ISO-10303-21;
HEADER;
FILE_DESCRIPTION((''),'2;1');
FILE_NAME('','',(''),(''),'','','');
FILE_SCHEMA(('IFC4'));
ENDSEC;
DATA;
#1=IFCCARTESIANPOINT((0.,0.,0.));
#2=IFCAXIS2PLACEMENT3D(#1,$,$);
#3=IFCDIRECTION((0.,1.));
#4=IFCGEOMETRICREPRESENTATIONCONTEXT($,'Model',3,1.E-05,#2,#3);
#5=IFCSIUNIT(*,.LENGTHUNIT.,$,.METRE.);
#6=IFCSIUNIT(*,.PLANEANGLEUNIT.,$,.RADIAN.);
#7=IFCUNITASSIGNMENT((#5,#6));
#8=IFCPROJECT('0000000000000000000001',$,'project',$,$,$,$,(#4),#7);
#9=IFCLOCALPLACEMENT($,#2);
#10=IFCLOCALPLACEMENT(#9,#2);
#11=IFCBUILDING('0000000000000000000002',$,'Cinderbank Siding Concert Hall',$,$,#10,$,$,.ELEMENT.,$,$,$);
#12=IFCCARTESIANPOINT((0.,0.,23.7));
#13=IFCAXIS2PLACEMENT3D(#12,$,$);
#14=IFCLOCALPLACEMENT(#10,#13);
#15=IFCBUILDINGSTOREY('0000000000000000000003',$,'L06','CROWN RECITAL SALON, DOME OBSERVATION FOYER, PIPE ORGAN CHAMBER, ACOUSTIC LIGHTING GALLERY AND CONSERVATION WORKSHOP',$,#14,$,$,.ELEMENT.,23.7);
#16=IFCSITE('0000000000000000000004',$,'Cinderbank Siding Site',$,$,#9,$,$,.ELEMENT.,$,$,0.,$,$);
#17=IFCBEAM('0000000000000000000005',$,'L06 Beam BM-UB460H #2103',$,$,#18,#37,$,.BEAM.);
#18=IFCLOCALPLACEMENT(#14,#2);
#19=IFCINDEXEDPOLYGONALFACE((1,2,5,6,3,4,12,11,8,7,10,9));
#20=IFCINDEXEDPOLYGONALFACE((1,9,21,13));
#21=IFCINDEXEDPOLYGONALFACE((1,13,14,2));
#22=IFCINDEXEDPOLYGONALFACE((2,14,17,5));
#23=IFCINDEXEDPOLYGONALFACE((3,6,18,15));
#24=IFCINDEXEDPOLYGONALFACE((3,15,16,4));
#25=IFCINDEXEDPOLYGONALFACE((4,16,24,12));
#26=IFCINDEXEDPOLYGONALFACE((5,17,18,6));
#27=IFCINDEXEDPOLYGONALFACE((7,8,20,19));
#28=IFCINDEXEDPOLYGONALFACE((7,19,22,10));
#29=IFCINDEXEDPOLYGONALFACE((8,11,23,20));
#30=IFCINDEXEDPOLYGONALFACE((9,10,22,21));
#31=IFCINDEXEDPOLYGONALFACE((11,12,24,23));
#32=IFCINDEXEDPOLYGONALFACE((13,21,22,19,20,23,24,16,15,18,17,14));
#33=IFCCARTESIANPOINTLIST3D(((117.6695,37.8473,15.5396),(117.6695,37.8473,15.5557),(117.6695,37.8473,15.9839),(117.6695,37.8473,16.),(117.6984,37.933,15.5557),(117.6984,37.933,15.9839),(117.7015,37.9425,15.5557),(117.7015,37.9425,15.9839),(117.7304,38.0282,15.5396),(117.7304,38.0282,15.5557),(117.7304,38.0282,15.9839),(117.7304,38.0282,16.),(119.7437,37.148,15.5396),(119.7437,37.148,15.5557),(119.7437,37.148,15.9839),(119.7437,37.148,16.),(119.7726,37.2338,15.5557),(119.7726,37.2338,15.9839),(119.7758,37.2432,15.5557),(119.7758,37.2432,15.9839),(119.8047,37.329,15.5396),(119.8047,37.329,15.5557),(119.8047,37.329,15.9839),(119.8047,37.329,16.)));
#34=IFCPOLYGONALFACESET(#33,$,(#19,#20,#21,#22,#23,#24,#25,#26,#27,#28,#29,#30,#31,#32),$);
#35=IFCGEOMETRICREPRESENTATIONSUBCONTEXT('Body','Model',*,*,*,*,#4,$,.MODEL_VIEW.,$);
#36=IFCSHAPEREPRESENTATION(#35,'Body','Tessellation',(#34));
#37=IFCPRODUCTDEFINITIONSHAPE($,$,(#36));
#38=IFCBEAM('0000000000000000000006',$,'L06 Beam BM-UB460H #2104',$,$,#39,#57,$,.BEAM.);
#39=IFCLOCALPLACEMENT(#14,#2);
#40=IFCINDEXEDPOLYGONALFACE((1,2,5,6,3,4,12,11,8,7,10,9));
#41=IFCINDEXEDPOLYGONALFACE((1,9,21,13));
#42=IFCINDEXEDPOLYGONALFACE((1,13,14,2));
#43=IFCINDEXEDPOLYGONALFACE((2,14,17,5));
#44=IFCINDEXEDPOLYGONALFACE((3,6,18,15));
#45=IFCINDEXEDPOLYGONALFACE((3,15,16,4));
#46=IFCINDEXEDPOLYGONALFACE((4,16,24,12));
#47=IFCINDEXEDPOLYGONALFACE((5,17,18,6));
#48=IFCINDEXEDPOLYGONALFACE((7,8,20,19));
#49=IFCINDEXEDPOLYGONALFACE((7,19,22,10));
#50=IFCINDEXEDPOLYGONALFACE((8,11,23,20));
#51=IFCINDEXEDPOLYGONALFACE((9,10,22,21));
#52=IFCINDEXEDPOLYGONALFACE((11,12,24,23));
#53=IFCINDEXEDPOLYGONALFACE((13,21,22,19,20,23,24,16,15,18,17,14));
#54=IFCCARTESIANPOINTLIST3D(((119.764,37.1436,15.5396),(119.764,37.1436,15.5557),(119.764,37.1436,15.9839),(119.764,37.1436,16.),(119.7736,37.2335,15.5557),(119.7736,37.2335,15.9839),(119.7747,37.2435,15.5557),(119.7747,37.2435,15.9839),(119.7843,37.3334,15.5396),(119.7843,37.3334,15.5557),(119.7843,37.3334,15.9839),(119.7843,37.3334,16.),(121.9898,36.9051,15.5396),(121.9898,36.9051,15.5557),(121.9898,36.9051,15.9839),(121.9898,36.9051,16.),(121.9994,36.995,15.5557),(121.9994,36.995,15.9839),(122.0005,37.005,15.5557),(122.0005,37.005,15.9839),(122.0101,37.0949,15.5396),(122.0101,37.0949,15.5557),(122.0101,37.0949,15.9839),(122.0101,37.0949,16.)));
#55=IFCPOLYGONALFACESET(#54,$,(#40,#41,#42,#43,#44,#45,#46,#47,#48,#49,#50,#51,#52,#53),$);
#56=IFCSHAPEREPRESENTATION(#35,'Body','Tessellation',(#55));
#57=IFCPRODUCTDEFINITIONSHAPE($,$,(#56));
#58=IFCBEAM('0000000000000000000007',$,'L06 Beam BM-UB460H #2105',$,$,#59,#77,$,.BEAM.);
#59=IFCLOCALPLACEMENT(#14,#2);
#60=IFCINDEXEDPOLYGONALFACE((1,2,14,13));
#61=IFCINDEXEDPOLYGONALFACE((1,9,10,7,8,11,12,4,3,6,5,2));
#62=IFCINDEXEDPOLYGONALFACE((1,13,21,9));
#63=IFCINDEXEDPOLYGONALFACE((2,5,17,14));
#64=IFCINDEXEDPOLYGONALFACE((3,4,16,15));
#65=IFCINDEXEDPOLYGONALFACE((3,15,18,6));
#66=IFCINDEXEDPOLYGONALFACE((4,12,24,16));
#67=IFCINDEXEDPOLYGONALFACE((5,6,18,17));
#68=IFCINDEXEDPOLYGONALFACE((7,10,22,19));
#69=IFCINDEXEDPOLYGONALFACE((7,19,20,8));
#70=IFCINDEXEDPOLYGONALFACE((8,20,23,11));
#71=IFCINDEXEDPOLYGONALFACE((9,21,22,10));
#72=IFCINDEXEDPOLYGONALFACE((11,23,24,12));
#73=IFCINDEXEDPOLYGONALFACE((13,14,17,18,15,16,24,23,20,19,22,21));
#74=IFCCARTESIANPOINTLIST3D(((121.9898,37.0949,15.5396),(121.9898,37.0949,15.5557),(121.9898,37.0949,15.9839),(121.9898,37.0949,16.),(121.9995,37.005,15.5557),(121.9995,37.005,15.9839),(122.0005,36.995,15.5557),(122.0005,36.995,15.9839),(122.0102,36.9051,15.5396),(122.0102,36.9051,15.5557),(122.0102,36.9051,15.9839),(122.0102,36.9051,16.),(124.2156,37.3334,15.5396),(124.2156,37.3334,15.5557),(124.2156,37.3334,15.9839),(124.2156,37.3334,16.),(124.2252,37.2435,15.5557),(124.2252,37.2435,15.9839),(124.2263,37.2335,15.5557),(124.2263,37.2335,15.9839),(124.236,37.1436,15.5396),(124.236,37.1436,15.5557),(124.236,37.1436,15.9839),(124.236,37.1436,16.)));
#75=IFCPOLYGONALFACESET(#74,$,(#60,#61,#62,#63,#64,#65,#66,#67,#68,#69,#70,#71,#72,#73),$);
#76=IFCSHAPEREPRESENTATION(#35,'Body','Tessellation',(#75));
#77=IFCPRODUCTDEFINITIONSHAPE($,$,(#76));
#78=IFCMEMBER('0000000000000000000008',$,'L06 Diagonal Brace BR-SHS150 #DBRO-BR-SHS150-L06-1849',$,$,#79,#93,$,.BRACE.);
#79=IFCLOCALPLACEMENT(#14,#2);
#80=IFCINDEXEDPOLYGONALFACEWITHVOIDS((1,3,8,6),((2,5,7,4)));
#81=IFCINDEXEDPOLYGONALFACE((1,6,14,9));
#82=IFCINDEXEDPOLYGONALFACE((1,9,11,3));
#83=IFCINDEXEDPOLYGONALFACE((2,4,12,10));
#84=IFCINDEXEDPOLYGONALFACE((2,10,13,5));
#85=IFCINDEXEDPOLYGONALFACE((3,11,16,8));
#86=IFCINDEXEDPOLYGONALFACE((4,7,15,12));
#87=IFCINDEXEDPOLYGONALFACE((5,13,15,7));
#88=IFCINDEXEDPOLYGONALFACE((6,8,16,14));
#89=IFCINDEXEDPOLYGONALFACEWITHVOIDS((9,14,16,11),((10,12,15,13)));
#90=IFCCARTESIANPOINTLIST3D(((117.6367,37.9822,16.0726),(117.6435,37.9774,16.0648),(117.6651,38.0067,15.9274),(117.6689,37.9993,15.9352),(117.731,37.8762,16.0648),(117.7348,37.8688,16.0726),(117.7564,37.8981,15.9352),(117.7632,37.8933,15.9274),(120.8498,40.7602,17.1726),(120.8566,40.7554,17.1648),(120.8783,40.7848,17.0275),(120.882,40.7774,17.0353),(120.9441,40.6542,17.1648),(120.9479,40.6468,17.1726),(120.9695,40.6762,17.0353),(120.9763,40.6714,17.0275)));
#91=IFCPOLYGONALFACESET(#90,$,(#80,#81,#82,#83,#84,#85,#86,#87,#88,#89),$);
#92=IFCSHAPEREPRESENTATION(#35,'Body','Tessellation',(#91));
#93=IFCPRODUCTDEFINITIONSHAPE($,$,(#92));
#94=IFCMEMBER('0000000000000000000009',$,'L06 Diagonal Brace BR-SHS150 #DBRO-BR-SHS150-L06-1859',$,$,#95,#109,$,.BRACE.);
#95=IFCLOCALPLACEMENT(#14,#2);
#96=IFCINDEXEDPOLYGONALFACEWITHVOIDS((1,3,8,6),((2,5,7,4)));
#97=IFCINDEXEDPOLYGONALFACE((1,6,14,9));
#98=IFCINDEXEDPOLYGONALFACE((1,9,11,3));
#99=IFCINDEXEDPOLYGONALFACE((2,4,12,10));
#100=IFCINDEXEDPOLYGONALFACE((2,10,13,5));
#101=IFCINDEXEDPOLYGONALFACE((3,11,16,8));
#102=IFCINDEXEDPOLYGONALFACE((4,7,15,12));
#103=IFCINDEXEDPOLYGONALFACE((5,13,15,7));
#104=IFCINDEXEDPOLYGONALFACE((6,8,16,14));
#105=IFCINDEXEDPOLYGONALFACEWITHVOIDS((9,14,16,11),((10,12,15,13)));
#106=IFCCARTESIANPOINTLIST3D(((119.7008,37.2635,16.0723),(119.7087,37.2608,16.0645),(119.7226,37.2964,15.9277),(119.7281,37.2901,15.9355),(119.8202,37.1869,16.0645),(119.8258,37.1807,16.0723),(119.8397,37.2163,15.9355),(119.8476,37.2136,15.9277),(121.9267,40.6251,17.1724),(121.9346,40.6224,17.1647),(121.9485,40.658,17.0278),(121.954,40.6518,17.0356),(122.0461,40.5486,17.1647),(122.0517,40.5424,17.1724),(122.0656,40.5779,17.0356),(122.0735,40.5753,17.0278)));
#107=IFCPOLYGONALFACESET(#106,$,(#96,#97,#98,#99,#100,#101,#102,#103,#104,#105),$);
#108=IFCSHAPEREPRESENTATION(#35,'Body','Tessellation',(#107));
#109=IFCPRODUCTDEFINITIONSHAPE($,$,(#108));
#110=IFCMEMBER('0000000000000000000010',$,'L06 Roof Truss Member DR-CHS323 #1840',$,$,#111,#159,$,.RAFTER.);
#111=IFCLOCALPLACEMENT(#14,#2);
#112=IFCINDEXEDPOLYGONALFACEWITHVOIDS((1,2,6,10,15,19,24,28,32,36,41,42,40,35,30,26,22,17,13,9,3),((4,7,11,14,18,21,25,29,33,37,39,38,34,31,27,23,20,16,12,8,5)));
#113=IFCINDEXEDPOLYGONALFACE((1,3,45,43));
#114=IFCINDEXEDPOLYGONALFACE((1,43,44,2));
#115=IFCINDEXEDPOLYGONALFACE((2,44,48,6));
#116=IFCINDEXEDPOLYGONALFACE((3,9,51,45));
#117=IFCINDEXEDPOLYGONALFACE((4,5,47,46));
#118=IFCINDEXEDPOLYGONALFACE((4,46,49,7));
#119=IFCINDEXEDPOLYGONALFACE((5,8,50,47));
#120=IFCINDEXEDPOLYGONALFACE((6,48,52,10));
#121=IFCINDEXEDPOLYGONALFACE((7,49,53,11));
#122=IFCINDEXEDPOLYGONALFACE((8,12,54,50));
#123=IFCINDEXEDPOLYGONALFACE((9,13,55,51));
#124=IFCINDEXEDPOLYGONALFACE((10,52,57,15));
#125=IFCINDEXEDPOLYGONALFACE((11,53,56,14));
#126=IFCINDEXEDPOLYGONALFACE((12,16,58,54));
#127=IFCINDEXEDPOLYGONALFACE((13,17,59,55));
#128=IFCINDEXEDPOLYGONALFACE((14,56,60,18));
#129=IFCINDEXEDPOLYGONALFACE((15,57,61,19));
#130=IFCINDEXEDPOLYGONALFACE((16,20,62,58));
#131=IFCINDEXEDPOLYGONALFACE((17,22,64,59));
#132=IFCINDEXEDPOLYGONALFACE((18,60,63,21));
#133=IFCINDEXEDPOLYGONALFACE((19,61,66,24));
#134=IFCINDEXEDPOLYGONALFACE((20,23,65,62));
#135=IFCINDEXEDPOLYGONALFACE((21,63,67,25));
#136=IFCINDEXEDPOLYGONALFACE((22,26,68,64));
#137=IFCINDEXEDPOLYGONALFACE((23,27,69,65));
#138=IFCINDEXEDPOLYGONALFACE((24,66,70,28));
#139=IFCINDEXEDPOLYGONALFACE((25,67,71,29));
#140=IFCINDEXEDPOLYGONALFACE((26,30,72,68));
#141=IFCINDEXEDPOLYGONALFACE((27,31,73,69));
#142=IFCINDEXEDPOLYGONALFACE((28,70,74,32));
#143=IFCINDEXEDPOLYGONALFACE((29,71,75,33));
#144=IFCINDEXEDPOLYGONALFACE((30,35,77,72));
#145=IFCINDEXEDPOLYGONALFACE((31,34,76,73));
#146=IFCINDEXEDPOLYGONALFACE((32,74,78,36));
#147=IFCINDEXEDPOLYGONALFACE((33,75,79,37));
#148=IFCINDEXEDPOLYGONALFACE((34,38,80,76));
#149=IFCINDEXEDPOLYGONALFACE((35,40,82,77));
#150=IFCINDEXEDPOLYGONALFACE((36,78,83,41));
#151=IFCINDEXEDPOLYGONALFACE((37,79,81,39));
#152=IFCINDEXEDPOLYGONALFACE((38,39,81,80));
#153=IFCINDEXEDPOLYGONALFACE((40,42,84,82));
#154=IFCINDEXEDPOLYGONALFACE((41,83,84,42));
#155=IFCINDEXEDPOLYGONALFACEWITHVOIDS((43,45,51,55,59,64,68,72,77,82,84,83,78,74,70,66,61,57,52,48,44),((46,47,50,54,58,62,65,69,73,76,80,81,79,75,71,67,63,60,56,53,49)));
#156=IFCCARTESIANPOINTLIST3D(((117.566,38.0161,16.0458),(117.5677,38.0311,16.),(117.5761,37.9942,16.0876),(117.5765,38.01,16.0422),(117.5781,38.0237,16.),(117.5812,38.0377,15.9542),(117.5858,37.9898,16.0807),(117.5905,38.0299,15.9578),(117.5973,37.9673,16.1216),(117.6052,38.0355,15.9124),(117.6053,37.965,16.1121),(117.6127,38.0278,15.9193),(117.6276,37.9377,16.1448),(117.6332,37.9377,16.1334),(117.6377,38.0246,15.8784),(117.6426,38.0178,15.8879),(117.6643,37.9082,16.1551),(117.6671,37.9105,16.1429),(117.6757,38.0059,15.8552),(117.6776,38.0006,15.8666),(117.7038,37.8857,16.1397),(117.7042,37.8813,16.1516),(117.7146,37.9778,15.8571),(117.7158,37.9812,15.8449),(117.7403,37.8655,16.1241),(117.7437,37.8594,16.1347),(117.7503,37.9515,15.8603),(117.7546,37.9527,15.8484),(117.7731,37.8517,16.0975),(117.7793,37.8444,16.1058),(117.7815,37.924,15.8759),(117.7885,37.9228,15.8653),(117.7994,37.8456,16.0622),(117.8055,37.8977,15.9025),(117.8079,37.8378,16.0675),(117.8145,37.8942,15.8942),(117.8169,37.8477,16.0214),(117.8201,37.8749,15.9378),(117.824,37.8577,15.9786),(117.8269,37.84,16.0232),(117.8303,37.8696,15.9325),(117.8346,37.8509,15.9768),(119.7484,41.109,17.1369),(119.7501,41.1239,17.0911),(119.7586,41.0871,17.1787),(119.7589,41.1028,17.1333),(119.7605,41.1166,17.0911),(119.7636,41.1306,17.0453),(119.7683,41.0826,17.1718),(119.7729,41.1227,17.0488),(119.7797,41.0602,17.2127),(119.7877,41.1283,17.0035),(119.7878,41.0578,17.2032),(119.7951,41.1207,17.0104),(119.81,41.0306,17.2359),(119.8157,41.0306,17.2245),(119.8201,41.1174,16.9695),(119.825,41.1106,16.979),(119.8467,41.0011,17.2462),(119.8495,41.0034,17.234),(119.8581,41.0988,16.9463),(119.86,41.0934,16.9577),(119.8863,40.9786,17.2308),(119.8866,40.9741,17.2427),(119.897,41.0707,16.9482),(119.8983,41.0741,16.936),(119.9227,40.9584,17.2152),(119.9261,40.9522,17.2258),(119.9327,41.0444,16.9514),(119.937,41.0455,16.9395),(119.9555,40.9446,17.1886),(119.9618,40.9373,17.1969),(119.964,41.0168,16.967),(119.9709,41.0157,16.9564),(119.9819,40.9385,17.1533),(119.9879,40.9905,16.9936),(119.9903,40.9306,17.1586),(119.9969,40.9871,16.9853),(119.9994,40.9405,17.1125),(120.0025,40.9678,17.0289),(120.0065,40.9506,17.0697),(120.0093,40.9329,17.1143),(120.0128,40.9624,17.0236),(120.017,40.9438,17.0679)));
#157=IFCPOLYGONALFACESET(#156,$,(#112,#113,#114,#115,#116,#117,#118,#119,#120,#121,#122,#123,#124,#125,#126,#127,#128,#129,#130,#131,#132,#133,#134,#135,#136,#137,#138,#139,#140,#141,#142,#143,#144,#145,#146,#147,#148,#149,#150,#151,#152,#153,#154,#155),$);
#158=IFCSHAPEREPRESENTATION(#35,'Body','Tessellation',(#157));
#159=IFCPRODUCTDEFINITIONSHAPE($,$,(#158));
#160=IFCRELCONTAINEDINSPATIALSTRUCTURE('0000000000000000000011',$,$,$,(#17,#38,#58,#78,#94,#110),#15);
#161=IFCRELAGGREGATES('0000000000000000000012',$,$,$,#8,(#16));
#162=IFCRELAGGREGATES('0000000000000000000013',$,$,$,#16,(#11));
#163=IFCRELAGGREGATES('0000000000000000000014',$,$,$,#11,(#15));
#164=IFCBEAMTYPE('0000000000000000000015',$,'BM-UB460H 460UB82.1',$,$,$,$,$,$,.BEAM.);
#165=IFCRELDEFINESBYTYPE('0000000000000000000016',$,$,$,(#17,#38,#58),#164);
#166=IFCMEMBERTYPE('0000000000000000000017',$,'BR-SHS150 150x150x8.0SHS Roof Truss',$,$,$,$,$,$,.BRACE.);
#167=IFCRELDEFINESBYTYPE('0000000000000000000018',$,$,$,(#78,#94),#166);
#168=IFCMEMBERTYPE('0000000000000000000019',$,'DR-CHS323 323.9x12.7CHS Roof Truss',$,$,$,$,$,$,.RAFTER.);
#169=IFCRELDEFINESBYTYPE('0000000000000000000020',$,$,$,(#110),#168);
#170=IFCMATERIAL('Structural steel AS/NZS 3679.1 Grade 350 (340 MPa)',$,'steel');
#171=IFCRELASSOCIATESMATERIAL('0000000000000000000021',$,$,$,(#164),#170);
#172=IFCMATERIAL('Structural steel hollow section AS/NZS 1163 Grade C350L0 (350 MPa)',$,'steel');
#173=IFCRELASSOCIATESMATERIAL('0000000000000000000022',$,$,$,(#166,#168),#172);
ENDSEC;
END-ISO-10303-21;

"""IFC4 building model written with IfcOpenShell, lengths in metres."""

from ifc_helpers import new_model, si_unit, direction, frame, origin, origin_2d, place, context, subcontext, project, spatial, hollow_rectangle, hollow_circle, i_section, extrude, material, material_profile, profile_set, type_object, element, save


model = new_model("IFC4")

# Units and contexts
model_context = context("Model", 3, precision=1e-05, world=origin(), true_north=direction((0.0, 1.0)))
body_context = subcontext(model_context, "Body", "Model", "MODEL_VIEW")
ifc_project = project(units=[si_unit("LENGTHUNIT", "METRE"), si_unit("PLANEANGLEUNIT", "RADIAN")], contexts=[model_context])

# Site, building, storey
site_placement = place(None, origin())
site = spatial("IfcSite", under=ifc_project, at=site_placement, Name="Cinderbank Siding Site", CompositionType="ELEMENT", RefElevation=0.0)
building_placement = place(site_placement, origin())
building = spatial("IfcBuilding", under=site, at=building_placement, Name="Cinderbank Siding Concert Hall", CompositionType="ELEMENT")
storey_placement = place(building_placement, frame((0.0, 0.0, 23.7)))
storey = spatial("IfcBuildingStorey", under=building, at=storey_placement, Name="L06", Description="CROWN RECITAL SALON, DOME OBSERVATION FOYER, PIPE ORGAN CHAMBER, ACOUSTIC LIGHTING GALLERY AND CONSERVATION WORKSHOP", CompositionType="ELEMENT", Elevation=23.7)

# Beams
ifc_material_1 = material(Name="Structural steel AS/NZS 3679.1 Grade 350 (340 MPa)", Category="steel")
ifc_material_profile_1 = material_profile(ifc_material_1, i_section(OverallWidth=0.1909, OverallDepth=0.4604, WebThickness=0.01, FlangeThickness=0.0161, at=origin_2d()), Name="460UB82.1", Category="LoadBearing")
ifc_profile_set_1 = profile_set([ifc_material_profile_1], Name="Structural steel AS/NZS 3679.1 Grade 350 (340 MPa)")
beam_type = type_object("IfcBeamType", Name="BM-UB460H 460UB82.1", PredefinedType="BEAM", material=ifc_profile_set_1)
beam_placement = place(storey_placement, frame((117.7, 37.9377, 15.7698), z_axis=(0.947607, -0.319438, 0.0), x_axis=(0.319438, 0.947607, 0.0)))
element("IfcBeam", 1, at=beam_placement, inside=storey, type_object=beam_type, Name="L06 Beam BM-UB460H #2103", PredefinedType="BEAM", context=body_context, shape_type="SweptSolid", body=[
    extrude(i_section(OverallWidth=0.1909, OverallDepth=0.4604, WebThickness=0.01, FlangeThickness=0.0161, at=origin_2d()), origin(), (0.0, 0.0, 1.0), 2.189),
])
for number, where, z_axis, x_axis, name in (
    (2, (119.7742, 37.2385, 15.7698), (0.994307, -0.106552, 0.0), (0.106552, 0.994307, 0.0), "L06 Beam BM-UB460H #2104"),
    (3, (122.0, 37.0, 15.7698), (0.994307, 0.106552, 0.0), (-0.106552, 0.994307, 0.0), "L06 Beam BM-UB460H #2105"),
):
    element("IfcBeam", number, at=place(storey_placement, frame(where, z_axis=z_axis, x_axis=x_axis)), inside=storey, type_object=beam_type, Name=name, PredefinedType="BEAM", context=body_context, shape_type="SweptSolid", body=[
        extrude(i_section(OverallWidth=0.1909, OverallDepth=0.4604, WebThickness=0.01, FlangeThickness=0.0161, at=origin_2d()), origin(), (0.0, 0.0, 1.0), 2.2385),
    ])

# Members
ifc_material_2 = material(Name="Structural steel hollow section AS/NZS 1163 Grade C350L0 (350 MPa)", Category="steel")
ifc_material_profile_2 = material_profile(ifc_material_2, hollow_rectangle(XDim=0.1499, YDim=0.1499, WallThickness=0.0081, at=origin_2d()), Name="150x150x8.0SHS", Category="LoadBearing")
ifc_profile_set_2 = profile_set([ifc_material_profile_2], Name="Structural steel hollow section AS/NZS 1163 Grade C350L0 (350 MPa)")
member_type_1 = type_object("IfcMemberType", Name="BR-SHS150 150x150x8.0SHS Roof Truss", PredefinedType="BRACE", material=ifc_profile_set_2)
member_1_placement = place(storey_placement, frame((117.7, 37.9377, 16.0), z_axis=(0.7323, 0.633147, 0.250721), x_axis=(-0.654037, 0.756462, 0.0)))
element("IfcMember", 4, at=member_1_placement, inside=storey, type_object=member_type_1, Name="L06 Diagonal Brace BR-SHS150 #DBRO-BR-SHS150-L06-1849", PredefinedType="BRACE", context=body_context, shape_type="SweptSolid", body=[
    extrude(hollow_rectangle(XDim=0.1499, YDim=0.1499, WallThickness=0.0081, at=origin_2d()), origin(), (0.0, 0.0, 1.0), 4.3877),
])
member_2_placement = place(storey_placement, frame((119.7742, 37.2385, 16.0), z_axis=(0.532613, 0.804381, 0.263239), x_axis=(-0.833788, 0.552084, 0.0)))
element("IfcMember", 5, at=member_2_placement, inside=storey, type_object=member_type_1, Name="L06 Diagonal Brace BR-SHS150 #DBRO-BR-SHS150-L06-1859", PredefinedType="BRACE", context=body_context, shape_type="SweptSolid", body=[
    extrude(hollow_rectangle(XDim=0.1499, YDim=0.1499, WallThickness=0.0081, at=origin_2d()), origin(), (0.0, 0.0, 1.0), 4.1792),
])
ifc_material_profile_3 = material_profile(ifc_material_2, hollow_circle(Radius=0.1619, WallThickness=0.0127, at=origin_2d()), Name="323.9x12.7CHS", Category="LoadBearing")
ifc_profile_set_3 = profile_set([ifc_material_profile_3], Name="Structural steel hollow section AS/NZS 1163 Grade C350L0 (350 MPa)")
member_type_2 = type_object("IfcMemberType", Name="DR-CHS323 323.9x12.7CHS Roof Truss", PredefinedType="RAFTER", material=ifc_profile_set_3)
member_3_placement = place(storey_placement, frame((117.7, 37.9377, 16.0), z_axis=(0.553994, 0.785099, 0.276966), x_axis=(-0.817063, 0.576549, 0.0)))
element("IfcMember", 6, at=member_3_placement, inside=storey, type_object=member_type_2, Name="L06 Roof Truss Member DR-CHS323 #1840", PredefinedType="RAFTER", context=body_context, shape_type="SweptSolid", body=[
    extrude(hollow_circle(Radius=0.1619, WallThickness=0.0127, at=origin_2d()), origin(), (0.0, 0.0, 1.0), 3.9395),
])

save(model, "model.ifc")
